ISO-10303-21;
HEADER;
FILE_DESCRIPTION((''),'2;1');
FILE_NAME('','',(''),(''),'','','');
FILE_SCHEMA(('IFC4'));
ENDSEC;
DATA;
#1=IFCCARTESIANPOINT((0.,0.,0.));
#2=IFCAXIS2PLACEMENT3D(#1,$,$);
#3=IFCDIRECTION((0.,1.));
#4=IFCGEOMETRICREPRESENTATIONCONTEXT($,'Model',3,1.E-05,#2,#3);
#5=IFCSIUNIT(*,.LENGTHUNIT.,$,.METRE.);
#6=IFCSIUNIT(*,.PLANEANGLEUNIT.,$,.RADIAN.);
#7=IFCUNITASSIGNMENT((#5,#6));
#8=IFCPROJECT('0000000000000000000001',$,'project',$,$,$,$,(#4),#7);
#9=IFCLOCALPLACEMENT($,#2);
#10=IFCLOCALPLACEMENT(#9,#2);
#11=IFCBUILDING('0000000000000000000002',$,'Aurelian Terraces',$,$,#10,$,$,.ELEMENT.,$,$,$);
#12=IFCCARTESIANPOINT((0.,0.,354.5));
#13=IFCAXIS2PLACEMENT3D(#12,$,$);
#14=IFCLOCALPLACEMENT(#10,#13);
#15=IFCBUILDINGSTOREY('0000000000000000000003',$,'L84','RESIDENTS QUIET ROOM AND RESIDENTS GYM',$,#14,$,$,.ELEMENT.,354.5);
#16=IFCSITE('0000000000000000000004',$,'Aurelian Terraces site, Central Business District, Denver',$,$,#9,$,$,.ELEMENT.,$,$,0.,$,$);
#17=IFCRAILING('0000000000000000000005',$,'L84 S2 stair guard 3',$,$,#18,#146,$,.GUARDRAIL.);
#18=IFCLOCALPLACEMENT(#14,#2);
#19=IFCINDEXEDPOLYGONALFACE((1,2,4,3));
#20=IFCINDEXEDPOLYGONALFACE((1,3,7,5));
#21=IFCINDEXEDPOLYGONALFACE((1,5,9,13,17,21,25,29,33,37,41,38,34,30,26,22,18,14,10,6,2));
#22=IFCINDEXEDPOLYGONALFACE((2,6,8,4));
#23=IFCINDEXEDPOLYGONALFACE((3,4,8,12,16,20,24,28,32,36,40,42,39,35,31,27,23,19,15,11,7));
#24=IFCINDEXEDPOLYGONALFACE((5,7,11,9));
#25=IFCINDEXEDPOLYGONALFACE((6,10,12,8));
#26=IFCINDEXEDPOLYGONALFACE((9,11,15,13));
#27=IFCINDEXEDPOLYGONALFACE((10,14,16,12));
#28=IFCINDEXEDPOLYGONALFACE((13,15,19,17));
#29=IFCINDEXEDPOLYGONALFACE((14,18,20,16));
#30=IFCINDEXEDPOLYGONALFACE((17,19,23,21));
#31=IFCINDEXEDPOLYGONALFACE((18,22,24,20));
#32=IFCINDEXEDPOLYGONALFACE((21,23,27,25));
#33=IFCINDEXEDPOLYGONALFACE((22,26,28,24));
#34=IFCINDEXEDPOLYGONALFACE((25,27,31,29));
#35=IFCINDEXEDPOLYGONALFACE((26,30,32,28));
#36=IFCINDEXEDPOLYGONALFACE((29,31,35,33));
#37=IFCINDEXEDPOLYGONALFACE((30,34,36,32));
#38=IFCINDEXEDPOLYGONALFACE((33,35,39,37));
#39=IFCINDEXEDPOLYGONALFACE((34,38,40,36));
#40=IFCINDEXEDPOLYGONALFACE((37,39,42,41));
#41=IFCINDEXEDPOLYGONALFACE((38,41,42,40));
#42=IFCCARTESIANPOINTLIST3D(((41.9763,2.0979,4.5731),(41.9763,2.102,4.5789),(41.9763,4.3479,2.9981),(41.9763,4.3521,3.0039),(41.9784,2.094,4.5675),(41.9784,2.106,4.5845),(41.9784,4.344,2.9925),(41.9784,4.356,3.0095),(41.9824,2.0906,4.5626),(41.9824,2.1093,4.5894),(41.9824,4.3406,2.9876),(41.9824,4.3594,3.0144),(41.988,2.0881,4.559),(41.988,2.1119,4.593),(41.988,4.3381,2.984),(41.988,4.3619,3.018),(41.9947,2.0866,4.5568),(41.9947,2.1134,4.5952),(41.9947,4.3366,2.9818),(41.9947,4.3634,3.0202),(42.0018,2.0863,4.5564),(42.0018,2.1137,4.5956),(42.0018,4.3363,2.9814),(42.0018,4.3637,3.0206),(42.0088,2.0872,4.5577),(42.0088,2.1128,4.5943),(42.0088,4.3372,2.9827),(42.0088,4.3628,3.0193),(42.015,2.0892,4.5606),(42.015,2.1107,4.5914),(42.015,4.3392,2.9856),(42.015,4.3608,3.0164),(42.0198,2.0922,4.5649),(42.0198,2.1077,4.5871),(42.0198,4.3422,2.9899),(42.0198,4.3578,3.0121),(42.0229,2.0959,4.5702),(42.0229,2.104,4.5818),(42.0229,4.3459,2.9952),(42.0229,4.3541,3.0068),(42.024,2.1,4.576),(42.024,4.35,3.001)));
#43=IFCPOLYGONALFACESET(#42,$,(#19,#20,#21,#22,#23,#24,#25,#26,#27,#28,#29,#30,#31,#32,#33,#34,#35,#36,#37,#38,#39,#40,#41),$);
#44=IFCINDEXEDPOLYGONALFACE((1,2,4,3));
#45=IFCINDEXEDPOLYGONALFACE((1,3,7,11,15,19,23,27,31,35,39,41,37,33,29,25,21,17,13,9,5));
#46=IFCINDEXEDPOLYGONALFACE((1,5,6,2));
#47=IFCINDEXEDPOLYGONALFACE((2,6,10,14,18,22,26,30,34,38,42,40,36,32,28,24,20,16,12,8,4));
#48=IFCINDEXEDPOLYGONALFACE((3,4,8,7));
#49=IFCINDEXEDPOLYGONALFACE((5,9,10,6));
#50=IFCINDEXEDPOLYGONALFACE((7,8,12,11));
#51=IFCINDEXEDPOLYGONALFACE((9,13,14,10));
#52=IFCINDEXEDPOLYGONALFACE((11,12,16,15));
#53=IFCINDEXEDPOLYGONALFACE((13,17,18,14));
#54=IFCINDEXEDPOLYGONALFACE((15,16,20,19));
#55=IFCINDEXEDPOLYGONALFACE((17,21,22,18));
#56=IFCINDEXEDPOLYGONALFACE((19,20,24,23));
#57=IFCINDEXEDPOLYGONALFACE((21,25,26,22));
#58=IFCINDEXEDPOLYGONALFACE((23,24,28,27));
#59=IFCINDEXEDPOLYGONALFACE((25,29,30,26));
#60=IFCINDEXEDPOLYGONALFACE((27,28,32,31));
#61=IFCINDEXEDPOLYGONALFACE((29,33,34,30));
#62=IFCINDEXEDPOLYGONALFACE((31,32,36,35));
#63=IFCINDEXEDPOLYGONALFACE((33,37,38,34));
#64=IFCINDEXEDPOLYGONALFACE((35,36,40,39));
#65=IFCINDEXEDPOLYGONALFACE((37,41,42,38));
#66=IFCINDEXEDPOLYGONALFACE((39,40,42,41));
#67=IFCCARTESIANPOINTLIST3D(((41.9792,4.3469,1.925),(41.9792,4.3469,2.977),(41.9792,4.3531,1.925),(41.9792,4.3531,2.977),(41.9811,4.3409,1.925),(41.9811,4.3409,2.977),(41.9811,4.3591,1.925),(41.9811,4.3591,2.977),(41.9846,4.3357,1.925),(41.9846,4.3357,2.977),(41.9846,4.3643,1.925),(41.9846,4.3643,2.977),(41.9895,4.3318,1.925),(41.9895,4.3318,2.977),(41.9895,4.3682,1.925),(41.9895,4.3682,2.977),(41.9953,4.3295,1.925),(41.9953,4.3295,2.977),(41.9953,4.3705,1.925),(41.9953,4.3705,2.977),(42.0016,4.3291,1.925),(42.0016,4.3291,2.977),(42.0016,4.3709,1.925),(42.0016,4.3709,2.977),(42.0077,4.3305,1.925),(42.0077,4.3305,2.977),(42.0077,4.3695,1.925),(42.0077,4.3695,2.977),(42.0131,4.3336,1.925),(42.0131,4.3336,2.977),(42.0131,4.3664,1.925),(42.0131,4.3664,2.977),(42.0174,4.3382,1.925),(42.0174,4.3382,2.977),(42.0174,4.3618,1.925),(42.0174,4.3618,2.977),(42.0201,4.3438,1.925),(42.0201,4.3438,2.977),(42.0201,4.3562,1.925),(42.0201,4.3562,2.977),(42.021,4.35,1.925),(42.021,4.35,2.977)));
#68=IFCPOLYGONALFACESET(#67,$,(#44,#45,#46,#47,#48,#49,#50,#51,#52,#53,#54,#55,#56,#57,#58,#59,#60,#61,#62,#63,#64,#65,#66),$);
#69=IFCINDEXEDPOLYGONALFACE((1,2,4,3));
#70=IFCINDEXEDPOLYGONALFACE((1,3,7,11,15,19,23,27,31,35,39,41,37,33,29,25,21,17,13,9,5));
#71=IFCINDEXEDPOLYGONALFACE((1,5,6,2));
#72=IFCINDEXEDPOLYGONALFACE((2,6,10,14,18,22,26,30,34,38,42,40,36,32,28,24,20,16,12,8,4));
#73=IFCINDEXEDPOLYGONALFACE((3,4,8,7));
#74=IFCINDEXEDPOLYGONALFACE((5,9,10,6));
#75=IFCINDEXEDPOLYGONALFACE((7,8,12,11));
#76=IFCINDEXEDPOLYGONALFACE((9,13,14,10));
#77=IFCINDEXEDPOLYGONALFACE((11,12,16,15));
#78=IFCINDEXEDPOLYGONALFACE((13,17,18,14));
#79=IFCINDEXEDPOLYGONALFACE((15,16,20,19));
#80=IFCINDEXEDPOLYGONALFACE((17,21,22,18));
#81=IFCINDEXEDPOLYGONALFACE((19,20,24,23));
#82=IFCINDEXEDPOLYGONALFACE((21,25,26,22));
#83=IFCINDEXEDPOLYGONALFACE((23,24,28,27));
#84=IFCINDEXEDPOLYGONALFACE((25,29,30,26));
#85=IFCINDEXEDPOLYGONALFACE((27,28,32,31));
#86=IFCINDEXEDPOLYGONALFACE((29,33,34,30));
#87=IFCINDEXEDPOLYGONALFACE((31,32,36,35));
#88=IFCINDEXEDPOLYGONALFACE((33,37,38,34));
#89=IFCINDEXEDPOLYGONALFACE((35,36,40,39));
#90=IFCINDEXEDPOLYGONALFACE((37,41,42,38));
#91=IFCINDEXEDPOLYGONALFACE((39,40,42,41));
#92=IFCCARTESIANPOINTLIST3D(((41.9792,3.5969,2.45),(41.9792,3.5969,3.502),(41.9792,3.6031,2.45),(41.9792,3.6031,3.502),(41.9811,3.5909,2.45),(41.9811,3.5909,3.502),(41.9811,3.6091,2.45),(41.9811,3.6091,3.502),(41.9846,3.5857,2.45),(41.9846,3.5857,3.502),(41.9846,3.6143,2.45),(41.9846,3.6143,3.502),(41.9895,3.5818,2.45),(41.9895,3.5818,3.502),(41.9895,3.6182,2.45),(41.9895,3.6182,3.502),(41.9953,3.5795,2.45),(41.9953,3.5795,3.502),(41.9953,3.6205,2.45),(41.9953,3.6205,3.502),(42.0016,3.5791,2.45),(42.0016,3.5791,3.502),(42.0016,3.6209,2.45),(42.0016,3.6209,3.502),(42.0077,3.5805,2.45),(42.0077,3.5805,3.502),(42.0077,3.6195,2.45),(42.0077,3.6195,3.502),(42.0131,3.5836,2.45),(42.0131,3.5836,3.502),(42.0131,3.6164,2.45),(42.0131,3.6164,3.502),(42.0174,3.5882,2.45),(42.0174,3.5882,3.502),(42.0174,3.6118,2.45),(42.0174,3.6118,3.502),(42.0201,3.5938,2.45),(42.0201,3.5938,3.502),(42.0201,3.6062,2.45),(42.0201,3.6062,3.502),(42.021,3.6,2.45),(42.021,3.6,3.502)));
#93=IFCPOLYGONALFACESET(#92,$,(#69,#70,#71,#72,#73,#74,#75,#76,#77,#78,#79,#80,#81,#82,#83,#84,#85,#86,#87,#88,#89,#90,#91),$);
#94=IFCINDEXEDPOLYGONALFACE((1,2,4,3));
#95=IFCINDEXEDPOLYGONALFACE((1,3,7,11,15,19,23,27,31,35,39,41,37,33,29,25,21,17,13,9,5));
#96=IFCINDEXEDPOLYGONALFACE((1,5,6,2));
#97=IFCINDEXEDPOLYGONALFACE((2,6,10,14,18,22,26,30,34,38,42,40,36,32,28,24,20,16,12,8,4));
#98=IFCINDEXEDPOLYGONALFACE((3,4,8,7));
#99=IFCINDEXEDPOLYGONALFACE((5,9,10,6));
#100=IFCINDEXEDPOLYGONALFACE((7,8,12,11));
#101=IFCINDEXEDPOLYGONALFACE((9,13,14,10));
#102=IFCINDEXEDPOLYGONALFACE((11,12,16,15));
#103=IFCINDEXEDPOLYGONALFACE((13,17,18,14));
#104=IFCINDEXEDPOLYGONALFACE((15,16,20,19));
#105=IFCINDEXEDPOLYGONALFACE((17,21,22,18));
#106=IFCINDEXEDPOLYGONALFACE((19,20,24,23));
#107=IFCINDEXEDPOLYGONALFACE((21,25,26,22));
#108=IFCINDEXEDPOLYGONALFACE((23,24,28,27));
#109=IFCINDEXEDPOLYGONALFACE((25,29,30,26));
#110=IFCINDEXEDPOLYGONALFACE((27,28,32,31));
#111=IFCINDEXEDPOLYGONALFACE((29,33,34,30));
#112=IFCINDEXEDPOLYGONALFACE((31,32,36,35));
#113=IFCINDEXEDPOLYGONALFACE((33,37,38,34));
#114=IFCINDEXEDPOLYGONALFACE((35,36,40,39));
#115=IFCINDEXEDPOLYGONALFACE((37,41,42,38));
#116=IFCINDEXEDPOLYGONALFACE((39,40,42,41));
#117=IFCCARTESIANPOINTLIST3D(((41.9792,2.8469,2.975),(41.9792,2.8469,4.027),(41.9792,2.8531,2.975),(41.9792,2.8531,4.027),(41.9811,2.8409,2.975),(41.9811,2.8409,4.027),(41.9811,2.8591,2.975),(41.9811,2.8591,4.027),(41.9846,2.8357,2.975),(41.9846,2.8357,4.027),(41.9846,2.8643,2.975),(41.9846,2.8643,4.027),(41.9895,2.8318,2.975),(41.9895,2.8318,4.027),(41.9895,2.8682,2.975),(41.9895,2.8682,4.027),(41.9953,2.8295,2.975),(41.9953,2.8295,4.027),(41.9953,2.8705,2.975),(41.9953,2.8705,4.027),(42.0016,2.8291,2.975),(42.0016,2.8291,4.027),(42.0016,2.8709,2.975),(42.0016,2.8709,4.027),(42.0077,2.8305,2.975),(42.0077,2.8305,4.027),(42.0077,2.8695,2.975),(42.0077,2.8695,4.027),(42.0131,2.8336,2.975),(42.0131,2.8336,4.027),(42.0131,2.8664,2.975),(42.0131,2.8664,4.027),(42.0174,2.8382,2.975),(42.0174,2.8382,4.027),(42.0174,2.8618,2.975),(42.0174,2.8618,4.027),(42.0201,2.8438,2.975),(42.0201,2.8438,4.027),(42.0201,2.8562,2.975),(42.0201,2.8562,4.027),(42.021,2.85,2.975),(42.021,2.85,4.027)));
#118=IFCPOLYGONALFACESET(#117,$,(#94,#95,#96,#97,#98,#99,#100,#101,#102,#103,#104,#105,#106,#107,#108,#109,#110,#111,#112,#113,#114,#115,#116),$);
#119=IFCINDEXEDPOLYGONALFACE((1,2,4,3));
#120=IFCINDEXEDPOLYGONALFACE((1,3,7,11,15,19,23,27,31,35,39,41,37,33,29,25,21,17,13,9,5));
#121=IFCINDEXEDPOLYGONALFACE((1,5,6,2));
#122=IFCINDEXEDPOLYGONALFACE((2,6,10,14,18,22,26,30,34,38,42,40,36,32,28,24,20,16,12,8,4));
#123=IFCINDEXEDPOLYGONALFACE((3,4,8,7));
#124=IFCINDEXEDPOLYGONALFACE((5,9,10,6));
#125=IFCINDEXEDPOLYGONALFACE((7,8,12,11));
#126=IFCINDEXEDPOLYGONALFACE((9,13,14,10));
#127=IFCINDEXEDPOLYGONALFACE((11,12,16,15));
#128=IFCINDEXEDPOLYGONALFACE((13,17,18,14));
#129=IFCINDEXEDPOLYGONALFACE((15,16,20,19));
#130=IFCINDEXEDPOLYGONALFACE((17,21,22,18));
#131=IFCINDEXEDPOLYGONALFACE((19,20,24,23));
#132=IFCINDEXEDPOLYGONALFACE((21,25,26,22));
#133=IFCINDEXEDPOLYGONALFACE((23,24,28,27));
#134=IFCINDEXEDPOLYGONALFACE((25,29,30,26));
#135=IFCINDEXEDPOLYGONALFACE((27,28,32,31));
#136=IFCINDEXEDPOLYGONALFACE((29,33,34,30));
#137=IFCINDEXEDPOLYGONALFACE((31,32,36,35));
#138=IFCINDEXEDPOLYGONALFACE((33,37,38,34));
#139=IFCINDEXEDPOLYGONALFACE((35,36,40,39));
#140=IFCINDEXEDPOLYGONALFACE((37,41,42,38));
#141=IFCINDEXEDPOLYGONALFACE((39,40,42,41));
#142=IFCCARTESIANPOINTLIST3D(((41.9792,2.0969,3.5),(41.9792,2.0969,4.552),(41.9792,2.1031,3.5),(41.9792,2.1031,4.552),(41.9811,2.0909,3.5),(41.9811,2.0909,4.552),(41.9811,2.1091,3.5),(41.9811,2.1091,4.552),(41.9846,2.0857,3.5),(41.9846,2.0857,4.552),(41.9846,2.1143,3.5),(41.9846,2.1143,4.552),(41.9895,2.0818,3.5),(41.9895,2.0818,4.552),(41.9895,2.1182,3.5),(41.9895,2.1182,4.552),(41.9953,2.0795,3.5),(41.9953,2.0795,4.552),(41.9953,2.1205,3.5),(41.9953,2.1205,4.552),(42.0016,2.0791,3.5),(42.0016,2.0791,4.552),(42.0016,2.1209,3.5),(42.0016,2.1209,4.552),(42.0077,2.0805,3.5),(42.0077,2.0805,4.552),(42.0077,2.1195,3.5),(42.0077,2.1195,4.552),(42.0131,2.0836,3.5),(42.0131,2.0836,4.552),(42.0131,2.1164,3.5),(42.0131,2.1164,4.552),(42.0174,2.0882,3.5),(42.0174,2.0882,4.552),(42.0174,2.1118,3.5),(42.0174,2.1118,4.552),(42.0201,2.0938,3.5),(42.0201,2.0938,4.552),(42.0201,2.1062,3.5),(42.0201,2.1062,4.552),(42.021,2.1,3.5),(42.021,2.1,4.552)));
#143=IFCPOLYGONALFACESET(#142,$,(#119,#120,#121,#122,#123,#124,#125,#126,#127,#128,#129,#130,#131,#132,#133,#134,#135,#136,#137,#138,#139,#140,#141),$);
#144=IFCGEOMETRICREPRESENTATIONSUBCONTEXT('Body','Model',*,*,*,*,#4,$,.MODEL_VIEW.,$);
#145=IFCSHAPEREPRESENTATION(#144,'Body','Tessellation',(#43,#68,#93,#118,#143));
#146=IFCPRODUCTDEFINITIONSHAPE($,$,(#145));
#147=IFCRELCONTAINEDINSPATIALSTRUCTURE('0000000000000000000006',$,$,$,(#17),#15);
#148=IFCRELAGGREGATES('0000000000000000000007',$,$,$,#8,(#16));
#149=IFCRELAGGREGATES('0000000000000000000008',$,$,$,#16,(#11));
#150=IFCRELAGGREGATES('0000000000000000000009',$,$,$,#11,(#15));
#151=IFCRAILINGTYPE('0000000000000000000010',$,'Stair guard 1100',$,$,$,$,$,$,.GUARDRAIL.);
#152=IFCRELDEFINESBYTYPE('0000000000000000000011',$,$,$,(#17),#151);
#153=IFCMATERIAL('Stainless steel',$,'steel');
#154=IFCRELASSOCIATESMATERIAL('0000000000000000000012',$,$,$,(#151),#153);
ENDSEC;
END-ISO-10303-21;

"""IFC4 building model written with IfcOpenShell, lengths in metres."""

from ifc_helpers import new_model, si_unit, direction, frame, origin, origin_2d, place, context, subcontext, project, spatial, circle, extrude, source, transform, mapped, material, type_object, element, save


model = new_model("IFC4")

# Units and contexts
model_context = context("Model", 3, precision=1e-05, world=origin(), true_north=direction((0.0, 1.0)))
body_context = subcontext(model_context, "Body", "Model", "MODEL_VIEW")
ifc_project = project(units=[si_unit("LENGTHUNIT", "METRE"), si_unit("PLANEANGLEUNIT", "RADIAN")], contexts=[model_context])

# Site, building, storey
site_placement = place(None, origin())
site = spatial("IfcSite", under=ifc_project, at=site_placement, Name="Aurelian Terraces site, Central Business District, Denver", CompositionType="ELEMENT", RefElevation=0.0)
building_placement = place(site_placement, origin())
building = spatial("IfcBuilding", under=site, at=building_placement, Name="Aurelian Terraces", CompositionType="ELEMENT")
storey_placement = place(building_placement, frame((0.0, 0.0, 354.5)))
storey = spatial("IfcBuildingStorey", under=building, at=storey_placement, Name="L84", Description="RESIDENTS QUIET ROOM AND RESIDENTS GYM", CompositionType="ELEMENT", Elevation=354.5)

# Railing
ifc_material_1 = material(Name="Stainless steel", Category="steel")
railing_type_1 = type_object("IfcRailingType", Name="Stair guard 1100", PredefinedType="GUARDRAIL", material=ifc_material_1)
shared_shape_1 = source(origin(), body_context, "Body", "SweptSolid", [
    extrude(circle(Radius=0.024, at=origin_2d()), frame((0.0, 0.0, 1.076), z_axis=(0.0, -0.819232, 0.573462), x_axis=(1.0, 0.0, 0.0)), (0.0, 0.0, 1.0), 2.7465),
    extrude(circle(Radius=0.021, at=origin_2d()), origin(), (0.0, 0.0, 1.0), 1.052),
    extrude(circle(Radius=0.021, at=origin_2d()), frame((0.0, -0.75, 0.525)), (0.0, 0.0, 1.0), 1.052),
    extrude(circle(Radius=0.021, at=origin_2d()), frame((0.0, -1.5, 1.05)), (0.0, 0.0, 1.0), 1.052),
    extrude(circle(Radius=0.021, at=origin_2d()), frame((0.0, -2.25, 1.575)), (0.0, 0.0, 1.0), 1.052),
])
railing_1_placement = place(storey_placement, frame((42.0, 4.35, 1.925)))
element("IfcRailing", 1, at=railing_1_placement, inside=storey, type_object=railing_type_1, Name="L84 S2 stair guard 3", PredefinedType="GUARDRAIL", context=body_context, shape_type="MappedRepresentation", body=[
    mapped(shared_shape_1, transform((0.0, 0.0, 0.0), scale=1.0)),
])

save(model, "model.ifc")
